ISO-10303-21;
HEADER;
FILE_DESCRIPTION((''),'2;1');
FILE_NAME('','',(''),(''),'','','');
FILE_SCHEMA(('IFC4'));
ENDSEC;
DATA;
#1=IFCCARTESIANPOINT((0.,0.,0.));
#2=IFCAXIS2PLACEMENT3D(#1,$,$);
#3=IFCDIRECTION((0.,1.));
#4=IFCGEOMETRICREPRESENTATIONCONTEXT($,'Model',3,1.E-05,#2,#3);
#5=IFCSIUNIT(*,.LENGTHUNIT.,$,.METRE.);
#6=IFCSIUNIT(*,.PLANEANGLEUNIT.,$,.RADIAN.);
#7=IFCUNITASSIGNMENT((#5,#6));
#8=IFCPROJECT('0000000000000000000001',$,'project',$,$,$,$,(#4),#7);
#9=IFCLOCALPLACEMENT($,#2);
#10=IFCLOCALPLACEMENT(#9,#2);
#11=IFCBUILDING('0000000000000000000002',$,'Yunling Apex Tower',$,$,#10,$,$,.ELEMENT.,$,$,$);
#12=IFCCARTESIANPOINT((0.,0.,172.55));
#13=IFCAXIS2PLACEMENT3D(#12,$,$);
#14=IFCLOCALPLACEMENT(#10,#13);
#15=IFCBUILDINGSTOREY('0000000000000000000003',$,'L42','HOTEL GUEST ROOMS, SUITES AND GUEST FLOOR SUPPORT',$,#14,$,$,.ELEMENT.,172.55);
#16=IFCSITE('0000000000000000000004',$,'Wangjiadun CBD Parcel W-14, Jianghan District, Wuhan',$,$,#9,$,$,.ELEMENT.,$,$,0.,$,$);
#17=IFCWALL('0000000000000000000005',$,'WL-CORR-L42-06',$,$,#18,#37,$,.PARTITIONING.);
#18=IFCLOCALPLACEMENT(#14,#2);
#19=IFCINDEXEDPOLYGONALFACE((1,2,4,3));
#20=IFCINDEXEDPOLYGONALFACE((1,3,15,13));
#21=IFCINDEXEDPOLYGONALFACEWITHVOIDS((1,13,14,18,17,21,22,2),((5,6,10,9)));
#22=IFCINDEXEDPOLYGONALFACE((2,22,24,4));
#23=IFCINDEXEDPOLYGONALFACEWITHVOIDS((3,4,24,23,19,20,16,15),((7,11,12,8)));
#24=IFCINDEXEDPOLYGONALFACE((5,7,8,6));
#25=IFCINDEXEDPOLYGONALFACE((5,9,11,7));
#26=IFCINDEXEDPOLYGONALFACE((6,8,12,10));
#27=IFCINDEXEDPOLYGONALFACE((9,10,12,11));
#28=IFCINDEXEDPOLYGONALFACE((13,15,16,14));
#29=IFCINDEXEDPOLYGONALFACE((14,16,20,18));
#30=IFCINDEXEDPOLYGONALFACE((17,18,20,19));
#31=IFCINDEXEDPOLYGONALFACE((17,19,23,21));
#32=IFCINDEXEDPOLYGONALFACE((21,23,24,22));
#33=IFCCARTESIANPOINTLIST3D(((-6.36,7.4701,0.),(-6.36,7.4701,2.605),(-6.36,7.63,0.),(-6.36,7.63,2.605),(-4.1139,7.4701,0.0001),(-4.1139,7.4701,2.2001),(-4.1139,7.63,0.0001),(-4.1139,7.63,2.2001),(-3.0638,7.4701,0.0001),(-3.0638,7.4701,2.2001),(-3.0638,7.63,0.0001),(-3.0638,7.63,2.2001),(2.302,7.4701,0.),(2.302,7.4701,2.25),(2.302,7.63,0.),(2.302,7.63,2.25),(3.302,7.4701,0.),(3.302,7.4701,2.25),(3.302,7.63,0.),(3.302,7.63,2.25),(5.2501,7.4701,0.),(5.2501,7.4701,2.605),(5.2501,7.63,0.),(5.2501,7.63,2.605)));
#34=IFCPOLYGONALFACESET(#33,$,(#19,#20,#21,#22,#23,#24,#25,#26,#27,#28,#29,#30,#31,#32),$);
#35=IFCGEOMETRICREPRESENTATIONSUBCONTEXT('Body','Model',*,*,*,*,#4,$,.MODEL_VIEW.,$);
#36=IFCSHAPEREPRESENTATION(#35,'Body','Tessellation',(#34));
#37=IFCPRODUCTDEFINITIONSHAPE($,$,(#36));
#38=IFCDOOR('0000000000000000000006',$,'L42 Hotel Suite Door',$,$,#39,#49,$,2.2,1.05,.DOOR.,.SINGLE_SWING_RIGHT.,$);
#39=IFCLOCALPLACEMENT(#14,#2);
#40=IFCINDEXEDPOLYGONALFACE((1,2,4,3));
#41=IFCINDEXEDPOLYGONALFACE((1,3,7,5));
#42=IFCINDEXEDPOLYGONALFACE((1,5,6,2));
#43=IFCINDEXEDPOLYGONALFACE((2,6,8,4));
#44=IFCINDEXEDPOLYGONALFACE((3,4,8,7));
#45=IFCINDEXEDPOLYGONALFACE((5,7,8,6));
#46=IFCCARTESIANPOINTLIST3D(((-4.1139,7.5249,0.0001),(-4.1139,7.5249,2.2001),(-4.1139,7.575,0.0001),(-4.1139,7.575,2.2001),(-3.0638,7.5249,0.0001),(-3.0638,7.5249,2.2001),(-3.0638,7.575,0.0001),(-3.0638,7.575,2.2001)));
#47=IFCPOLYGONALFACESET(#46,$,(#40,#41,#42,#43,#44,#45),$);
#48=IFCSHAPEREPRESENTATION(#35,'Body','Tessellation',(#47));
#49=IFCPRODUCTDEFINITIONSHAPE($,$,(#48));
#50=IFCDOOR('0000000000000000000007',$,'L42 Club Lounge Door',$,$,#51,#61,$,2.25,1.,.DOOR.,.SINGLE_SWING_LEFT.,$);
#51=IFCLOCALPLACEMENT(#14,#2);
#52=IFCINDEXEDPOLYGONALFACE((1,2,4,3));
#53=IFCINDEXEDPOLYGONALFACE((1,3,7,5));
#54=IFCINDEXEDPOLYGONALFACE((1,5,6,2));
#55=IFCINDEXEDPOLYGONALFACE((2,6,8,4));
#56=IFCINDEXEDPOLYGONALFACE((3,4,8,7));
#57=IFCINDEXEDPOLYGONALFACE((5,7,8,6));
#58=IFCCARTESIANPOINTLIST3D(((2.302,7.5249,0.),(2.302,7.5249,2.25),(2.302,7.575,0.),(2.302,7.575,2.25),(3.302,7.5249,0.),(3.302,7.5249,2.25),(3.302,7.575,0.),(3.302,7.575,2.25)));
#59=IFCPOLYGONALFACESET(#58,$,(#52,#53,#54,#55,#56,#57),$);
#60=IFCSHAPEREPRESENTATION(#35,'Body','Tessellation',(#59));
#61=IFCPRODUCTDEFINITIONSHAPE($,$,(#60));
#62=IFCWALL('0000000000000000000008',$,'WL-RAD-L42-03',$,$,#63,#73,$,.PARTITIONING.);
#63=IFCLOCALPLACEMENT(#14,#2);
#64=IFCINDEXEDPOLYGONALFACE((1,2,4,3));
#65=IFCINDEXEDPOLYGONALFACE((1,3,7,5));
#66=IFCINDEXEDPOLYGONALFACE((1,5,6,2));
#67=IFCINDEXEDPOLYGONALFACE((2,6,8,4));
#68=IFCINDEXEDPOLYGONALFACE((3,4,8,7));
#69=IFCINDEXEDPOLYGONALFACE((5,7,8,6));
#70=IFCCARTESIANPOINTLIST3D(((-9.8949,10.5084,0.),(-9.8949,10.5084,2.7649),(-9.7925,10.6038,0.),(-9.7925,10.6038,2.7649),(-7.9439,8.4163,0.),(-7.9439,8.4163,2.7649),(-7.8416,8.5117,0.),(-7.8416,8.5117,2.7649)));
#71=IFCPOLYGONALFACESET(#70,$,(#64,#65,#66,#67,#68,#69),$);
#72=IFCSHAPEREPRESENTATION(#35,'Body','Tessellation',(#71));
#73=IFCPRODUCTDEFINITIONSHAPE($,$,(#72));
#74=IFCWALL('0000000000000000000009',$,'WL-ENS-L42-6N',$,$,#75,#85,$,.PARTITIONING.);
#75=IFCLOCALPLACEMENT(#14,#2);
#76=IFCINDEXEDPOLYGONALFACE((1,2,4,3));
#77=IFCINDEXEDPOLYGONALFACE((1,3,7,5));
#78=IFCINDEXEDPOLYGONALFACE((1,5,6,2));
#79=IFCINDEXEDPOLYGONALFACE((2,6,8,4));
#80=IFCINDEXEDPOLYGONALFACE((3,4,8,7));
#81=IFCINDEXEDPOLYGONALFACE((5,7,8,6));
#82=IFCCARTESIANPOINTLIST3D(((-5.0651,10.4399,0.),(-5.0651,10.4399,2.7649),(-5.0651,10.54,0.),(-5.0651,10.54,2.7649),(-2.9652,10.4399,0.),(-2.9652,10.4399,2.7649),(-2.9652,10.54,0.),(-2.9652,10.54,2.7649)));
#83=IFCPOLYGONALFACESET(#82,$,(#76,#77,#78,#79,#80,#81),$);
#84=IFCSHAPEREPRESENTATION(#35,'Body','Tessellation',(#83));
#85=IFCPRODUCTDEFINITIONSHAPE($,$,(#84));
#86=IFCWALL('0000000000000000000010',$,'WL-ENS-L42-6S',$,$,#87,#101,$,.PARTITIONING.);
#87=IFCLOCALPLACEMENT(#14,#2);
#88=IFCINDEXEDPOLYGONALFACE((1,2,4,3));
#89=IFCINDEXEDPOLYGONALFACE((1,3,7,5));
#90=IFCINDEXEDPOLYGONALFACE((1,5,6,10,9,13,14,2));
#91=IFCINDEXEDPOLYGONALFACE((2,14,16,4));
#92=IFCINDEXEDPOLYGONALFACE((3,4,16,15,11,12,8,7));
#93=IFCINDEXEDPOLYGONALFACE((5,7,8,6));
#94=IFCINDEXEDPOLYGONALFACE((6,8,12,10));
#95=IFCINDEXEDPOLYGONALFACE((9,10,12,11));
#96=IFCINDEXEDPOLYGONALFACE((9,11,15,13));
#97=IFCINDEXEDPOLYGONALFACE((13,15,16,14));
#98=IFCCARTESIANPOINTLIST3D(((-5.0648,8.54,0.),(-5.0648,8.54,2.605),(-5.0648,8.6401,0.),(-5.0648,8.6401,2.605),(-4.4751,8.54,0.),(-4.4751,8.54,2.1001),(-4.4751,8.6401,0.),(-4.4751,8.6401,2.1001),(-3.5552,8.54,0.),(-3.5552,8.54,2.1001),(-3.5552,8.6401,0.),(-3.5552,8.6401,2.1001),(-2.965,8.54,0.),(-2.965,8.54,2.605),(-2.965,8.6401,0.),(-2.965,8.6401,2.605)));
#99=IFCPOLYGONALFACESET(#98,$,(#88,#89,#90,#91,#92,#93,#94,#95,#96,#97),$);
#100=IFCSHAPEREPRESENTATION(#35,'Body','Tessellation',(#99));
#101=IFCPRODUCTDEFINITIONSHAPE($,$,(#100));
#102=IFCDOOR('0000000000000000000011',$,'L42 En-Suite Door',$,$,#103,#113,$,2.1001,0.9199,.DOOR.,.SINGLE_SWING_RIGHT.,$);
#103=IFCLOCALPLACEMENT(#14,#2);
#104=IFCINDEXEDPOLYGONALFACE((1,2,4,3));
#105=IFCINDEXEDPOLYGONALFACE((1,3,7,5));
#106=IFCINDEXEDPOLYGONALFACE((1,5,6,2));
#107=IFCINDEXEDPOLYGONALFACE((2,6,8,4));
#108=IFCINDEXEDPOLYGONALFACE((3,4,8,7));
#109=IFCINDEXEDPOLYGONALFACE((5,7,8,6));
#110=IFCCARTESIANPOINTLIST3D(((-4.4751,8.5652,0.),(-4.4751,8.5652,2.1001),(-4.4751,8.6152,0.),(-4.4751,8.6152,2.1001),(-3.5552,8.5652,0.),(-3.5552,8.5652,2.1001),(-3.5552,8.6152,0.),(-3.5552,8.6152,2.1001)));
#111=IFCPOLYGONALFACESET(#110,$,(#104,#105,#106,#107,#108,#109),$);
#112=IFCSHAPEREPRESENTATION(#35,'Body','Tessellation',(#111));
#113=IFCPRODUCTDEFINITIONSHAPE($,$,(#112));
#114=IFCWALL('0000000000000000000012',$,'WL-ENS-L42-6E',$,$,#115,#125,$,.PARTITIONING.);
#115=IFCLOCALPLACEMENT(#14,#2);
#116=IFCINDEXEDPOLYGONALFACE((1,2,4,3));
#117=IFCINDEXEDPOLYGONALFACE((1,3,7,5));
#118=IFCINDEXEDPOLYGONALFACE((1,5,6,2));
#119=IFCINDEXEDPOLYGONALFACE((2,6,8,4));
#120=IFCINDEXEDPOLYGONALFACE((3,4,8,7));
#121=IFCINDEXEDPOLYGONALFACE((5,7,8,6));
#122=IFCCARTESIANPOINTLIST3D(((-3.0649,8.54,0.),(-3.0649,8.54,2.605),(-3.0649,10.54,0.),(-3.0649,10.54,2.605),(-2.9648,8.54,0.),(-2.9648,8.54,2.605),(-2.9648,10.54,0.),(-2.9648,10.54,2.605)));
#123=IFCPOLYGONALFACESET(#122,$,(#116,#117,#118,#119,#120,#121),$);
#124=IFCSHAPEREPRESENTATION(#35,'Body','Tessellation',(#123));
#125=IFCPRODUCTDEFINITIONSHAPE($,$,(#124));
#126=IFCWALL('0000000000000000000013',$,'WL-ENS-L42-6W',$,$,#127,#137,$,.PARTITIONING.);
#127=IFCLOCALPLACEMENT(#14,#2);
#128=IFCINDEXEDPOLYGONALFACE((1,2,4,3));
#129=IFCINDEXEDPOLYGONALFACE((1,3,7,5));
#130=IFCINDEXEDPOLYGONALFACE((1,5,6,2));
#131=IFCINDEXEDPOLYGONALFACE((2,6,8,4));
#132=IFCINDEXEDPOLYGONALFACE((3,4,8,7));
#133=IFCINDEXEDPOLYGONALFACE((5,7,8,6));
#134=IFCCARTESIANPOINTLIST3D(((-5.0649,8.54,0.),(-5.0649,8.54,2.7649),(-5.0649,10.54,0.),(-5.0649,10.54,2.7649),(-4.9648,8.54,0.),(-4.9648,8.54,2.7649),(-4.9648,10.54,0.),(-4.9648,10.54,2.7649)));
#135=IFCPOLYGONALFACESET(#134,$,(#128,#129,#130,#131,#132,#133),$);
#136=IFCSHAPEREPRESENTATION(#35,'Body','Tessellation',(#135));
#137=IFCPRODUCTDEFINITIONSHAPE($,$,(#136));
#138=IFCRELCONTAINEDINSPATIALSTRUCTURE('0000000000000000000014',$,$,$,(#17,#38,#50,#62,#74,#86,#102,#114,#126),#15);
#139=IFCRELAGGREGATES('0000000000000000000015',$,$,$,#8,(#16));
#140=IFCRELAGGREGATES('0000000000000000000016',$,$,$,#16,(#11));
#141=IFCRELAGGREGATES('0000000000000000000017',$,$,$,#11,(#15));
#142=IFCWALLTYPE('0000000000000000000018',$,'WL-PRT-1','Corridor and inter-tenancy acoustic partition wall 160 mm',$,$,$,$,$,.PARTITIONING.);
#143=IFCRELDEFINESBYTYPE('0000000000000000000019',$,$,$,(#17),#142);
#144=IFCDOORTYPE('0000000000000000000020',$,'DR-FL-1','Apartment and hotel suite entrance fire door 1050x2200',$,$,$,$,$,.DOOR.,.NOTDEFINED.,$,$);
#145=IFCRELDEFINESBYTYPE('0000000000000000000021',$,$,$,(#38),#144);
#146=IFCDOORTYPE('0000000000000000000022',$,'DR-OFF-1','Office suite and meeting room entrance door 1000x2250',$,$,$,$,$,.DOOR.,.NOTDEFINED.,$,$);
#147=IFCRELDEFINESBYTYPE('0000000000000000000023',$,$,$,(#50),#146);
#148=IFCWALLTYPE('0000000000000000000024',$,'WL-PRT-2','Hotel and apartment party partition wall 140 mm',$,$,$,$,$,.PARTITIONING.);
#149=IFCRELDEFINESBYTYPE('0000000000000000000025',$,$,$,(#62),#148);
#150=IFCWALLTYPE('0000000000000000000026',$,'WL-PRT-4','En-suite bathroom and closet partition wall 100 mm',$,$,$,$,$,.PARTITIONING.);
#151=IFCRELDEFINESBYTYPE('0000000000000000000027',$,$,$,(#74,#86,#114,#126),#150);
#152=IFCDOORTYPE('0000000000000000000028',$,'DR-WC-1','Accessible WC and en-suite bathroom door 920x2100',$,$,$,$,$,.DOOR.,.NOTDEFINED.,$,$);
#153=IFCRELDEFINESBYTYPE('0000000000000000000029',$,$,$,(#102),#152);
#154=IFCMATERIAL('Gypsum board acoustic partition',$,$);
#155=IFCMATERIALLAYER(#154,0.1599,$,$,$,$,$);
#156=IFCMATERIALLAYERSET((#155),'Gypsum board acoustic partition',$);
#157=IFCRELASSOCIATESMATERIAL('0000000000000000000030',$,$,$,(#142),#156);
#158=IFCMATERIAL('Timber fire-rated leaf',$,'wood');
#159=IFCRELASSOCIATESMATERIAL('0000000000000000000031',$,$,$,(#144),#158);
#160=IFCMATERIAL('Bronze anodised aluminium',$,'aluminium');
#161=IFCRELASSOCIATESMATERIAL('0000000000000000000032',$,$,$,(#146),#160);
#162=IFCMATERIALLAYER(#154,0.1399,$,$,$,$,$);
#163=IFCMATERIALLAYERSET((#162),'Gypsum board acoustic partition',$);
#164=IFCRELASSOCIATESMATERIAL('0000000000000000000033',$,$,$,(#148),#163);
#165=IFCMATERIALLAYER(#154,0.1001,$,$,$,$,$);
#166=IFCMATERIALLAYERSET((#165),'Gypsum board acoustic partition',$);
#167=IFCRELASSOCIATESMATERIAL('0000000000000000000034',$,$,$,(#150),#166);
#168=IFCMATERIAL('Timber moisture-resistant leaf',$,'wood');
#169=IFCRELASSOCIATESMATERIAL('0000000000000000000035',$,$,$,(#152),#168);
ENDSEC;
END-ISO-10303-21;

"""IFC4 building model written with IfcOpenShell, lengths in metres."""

from ifc_helpers import new_model, si_unit, direction, frame, frame_2d, origin, place, context, subcontext, project, spatial, rectangle, extrude, material, layer, layer_set, type_object, element, fill, save


model = new_model("IFC4")

# Units and contexts
model_context = context("Model", 3, precision=1e-05, world=origin(), true_north=direction((0.0, 1.0)))
body_context = subcontext(model_context, "Body", "Model", "MODEL_VIEW")
ifc_project = project(units=[si_unit("LENGTHUNIT", "METRE"), si_unit("PLANEANGLEUNIT", "RADIAN")], contexts=[model_context])

# Site, building, storey
site_placement = place(None, origin())
site = spatial("IfcSite", under=ifc_project, at=site_placement, Name="Wangjiadun CBD Parcel W-14, Jianghan District, Wuhan", CompositionType="ELEMENT", RefElevation=0.0)
building_placement = place(site_placement, origin())
building = spatial("IfcBuilding", under=site, at=building_placement, Name="Yunling Apex Tower", CompositionType="ELEMENT")
storey_placement = place(building_placement, frame((0.0, 0.0, 172.55)))
storey = spatial("IfcBuildingStorey", under=building, at=storey_placement, Name="L42", Description="HOTEL GUEST ROOMS, SUITES AND GUEST FLOOR SUPPORT", CompositionType="ELEMENT", Elevation=172.55)

# Shared definitions
ifc_material_1 = material(Name="Bronze anodised aluminium", Category="aluminium")

# Shared definitions
ifc_material_2 = material(Name="Gypsum board acoustic partition")
ifc_layer_1 = layer(ifc_material_2, 0.1599)
ifc_layer_set_1 = layer_set([ifc_layer_1], Name="Gypsum board acoustic partition")
wall_type_1 = type_object("IfcWallType", Name="WL-PRT-1", Description="Corridor and inter-tenancy acoustic partition wall 160 mm", PredefinedType="PARTITIONING", material=ifc_layer_set_1)

# Wall, openings, doors
wall_1_placement = place(storey_placement, frame((-6.3601, 7.55, 0.0), z_axis=(0.0, 0.0, 1.0), x_axis=(1.0, 0.0, 0.0)))
wall_1 = element("IfcWall", 1, at=wall_1_placement, inside=storey, type_object=wall_type_1, Name="WL-CORR-L42-06", PredefinedType="PARTITIONING", context=body_context, shape_type="SweptSolid", body=[
    extrude(rectangle(XDim=11.6101, YDim=0.1599, at=frame_2d((5.8052, 0.0))), origin(), (0.0, 0.0, 1.0), 2.605),
])
opening_1_placement = place(wall_1_placement, frame((2.2463, 0.0, 0.0)))
opening_1 = element("IfcOpeningElement", 2, at=opening_1_placement, cuts=wall_1, PredefinedType="OPENING", context=body_context, shape_type="SweptSolid", body=[
    extrude(rectangle(XDim=1.05, YDim=2.2, at=frame_2d((0.5249, 1.1001))), frame((0.0, 0.0898, 0.0), z_axis=(0.0, -1.0, 0.0), x_axis=(1.0, 0.0, 0.0)), (0.0, 0.0, 1.0), 0.1799),
])
opening_2_placement = place(wall_1_placement, frame((8.6621, 0.0, 0.0)))
opening_2 = element("IfcOpeningElement", 3, at=opening_2_placement, cuts=wall_1, PredefinedType="OPENING", context=body_context, shape_type="SweptSolid", body=[
    extrude(rectangle(XDim=1.0, YDim=2.25, at=frame_2d((0.5, 1.125))), frame((0.0, 0.0898, 0.0), z_axis=(0.0, -1.0, 0.0), x_axis=(1.0, 0.0, 0.0)), (0.0, 0.0, 1.0), 0.1799),
])
ifc_material_3 = material(Name="Timber fire-rated leaf", Category="wood")
door_type_1 = type_object("IfcDoorType", Name="DR-FL-1", Description="Apartment and hotel suite entrance fire door 1050x2200", OperationType="NOTDEFINED", PredefinedType="DOOR", material=ifc_material_3)
door_1_placement = place(opening_1_placement, origin())
door_1 = element("IfcDoor", 4, at=door_1_placement, inside=storey, type_object=door_type_1, Name="L42 Hotel Suite Door", OperationType="SINGLE_SWING_RIGHT", OverallHeight=2.2, OverallWidth=1.05, PredefinedType="DOOR", context=body_context, shape_type="SweptSolid", body=[
    extrude(rectangle(XDim=1.05, YDim=2.2, at=frame_2d((0.5249, 1.1001))), frame((0.0, 0.0249, 0.0), z_axis=(0.0, -1.0, 0.0), x_axis=(1.0, 0.0, 0.0)), (0.0, 0.0, 1.0), 0.05),
])
fill(opening_1, door_1)
door_type_2 = type_object("IfcDoorType", Name="DR-OFF-1", Description="Office suite and meeting room entrance door 1000x2250", OperationType="NOTDEFINED", PredefinedType="DOOR", material=ifc_material_1)
door_2_placement = place(opening_2_placement, origin())
door_2 = element("IfcDoor", 5, at=door_2_placement, inside=storey, type_object=door_type_2, Name="L42 Club Lounge Door", OperationType="SINGLE_SWING_LEFT", OverallHeight=2.25, OverallWidth=1.0, PredefinedType="DOOR", context=body_context, shape_type="SweptSolid", body=[
    extrude(rectangle(XDim=1.0, YDim=2.25, at=frame_2d((0.5, 1.125))), frame((0.0, 0.0249, 0.0), z_axis=(0.0, -1.0, 0.0), x_axis=(1.0, 0.0, 0.0)), (0.0, 0.0, 1.0), 0.05),
])
fill(opening_2, door_2)

# Walls
ifc_layer_2 = layer(ifc_material_2, 0.1399)
ifc_layer_set_2 = layer_set([ifc_layer_2], Name="Gypsum board acoustic partition")
wall_type_2 = type_object("IfcWallType", Name="WL-PRT-2", Description="Hotel and apartment party partition wall 140 mm", PredefinedType="PARTITIONING", material=ifc_layer_set_2)
wall_2_placement = place(storey_placement, frame((-7.8928, 8.4641, 0.0), z_axis=(0.0, 0.0, 1.0), x_axis=(-0.682011, 0.731342, 0.0)))
element("IfcWall", 6, at=wall_2_placement, inside=storey, type_object=wall_type_2, Name="WL-RAD-L42-03", PredefinedType="PARTITIONING", context=body_context, shape_type="SweptSolid", body=[
    extrude(rectangle(XDim=2.8606, YDim=0.1399, at=frame_2d((1.4302, 0.0))), origin(), (0.0, 0.0, 1.0), 2.7649),
])
ifc_layer_3 = layer(ifc_material_2, 0.1001)
ifc_layer_set_3 = layer_set([ifc_layer_3], Name="Gypsum board acoustic partition")
wall_type_3 = type_object("IfcWallType", Name="WL-PRT-4", Description="En-suite bathroom and closet partition wall 100 mm", PredefinedType="PARTITIONING", material=ifc_layer_set_3)
wall_3_placement = place(storey_placement, frame((-5.0649, 10.49, 0.0), z_axis=(0.0, 0.0, 1.0), x_axis=(1.0, 0.0, 0.0)))
element("IfcWall", 7, at=wall_3_placement, inside=storey, type_object=wall_type_3, Name="WL-ENS-L42-6N", PredefinedType="PARTITIONING", context=body_context, shape_type="SweptSolid", body=[
    extrude(rectangle(XDim=2.0999, YDim=0.1001, at=frame_2d((1.0498, 0.0))), origin(), (0.0, 0.0, 1.0), 2.7649),
])

# Wall, opening, door
wall_4_placement = place(storey_placement, frame((-2.9651, 8.5901, 0.0), z_axis=(0.0, 0.0, 1.0), x_axis=(-1.0, 0.0, 0.0)))
wall_4 = element("IfcWall", 8, at=wall_4_placement, inside=storey, type_object=wall_type_3, Name="WL-ENS-L42-6S", PredefinedType="PARTITIONING", context=body_context, shape_type="SweptSolid", body=[
    extrude(rectangle(XDim=2.0999, YDim=0.1001, at=frame_2d((1.0498, 0.0))), origin(), (0.0, 0.0, 1.0), 2.605),
])
opening_3_placement = place(wall_4_placement, frame((0.5901, 0.0, 0.0)))
opening_3 = element("IfcOpeningElement", 9, at=opening_3_placement, cuts=wall_4, PredefinedType="OPENING", context=body_context, shape_type="SweptSolid", body=[
    extrude(rectangle(XDim=0.9199, YDim=2.1001, at=frame_2d((0.46, 1.05))), frame((0.0, 0.0601, 0.0), z_axis=(0.0, -1.0, 0.0), x_axis=(1.0, 0.0, 0.0)), (0.0, 0.0, 1.0), 0.1201),
])
ifc_material_4 = material(Name="Timber moisture-resistant leaf", Category="wood")
door_type_3 = type_object("IfcDoorType", Name="DR-WC-1", Description="Accessible WC and en-suite bathroom door 920x2100", OperationType="NOTDEFINED", PredefinedType="DOOR", material=ifc_material_4)
door_3_placement = place(opening_3_placement, origin())
door_3 = element("IfcDoor", 10, at=door_3_placement, inside=storey, type_object=door_type_3, Name="L42 En-Suite Door", OperationType="SINGLE_SWING_RIGHT", OverallHeight=2.1001, OverallWidth=0.9199, PredefinedType="DOOR", context=body_context, shape_type="SweptSolid", body=[
    extrude(rectangle(XDim=0.9199, YDim=2.1001, at=frame_2d((0.46, 1.05))), frame((0.0, 0.0249, 0.0), z_axis=(0.0, -1.0, 0.0), x_axis=(1.0, 0.0, 0.0)), (0.0, 0.0, 1.0), 0.05),
])
fill(opening_3, door_3)

# Walls
wall_5_placement = place(storey_placement, frame((-3.0149, 10.54, 0.0), z_axis=(0.0, 0.0, 1.0), x_axis=(0.0, -1.0, 0.0)))
element("IfcWall", 11, at=wall_5_placement, inside=storey, type_object=wall_type_3, Name="WL-ENS-L42-6E", PredefinedType="PARTITIONING", context=body_context, shape_type="SweptSolid", body=[
    extrude(rectangle(XDim=2.0, YDim=0.1001, at=frame_2d((1.0, 0.0))), origin(), (0.0, 0.0, 1.0), 2.605),
])
wall_6_placement = place(storey_placement, frame((-5.0149, 8.54, 0.0), z_axis=(0.0, 0.0, 1.0), x_axis=(0.0, 1.0, 0.0)))
element("IfcWall", 12, at=wall_6_placement, inside=storey, type_object=wall_type_3, Name="WL-ENS-L42-6W", PredefinedType="PARTITIONING", context=body_context, shape_type="SweptSolid", body=[
    extrude(rectangle(XDim=2.0, YDim=0.1001, at=frame_2d((1.0, 0.0))), origin(), (0.0, 0.0, 1.0), 2.7649),
])

save(model, "model.ifc")
